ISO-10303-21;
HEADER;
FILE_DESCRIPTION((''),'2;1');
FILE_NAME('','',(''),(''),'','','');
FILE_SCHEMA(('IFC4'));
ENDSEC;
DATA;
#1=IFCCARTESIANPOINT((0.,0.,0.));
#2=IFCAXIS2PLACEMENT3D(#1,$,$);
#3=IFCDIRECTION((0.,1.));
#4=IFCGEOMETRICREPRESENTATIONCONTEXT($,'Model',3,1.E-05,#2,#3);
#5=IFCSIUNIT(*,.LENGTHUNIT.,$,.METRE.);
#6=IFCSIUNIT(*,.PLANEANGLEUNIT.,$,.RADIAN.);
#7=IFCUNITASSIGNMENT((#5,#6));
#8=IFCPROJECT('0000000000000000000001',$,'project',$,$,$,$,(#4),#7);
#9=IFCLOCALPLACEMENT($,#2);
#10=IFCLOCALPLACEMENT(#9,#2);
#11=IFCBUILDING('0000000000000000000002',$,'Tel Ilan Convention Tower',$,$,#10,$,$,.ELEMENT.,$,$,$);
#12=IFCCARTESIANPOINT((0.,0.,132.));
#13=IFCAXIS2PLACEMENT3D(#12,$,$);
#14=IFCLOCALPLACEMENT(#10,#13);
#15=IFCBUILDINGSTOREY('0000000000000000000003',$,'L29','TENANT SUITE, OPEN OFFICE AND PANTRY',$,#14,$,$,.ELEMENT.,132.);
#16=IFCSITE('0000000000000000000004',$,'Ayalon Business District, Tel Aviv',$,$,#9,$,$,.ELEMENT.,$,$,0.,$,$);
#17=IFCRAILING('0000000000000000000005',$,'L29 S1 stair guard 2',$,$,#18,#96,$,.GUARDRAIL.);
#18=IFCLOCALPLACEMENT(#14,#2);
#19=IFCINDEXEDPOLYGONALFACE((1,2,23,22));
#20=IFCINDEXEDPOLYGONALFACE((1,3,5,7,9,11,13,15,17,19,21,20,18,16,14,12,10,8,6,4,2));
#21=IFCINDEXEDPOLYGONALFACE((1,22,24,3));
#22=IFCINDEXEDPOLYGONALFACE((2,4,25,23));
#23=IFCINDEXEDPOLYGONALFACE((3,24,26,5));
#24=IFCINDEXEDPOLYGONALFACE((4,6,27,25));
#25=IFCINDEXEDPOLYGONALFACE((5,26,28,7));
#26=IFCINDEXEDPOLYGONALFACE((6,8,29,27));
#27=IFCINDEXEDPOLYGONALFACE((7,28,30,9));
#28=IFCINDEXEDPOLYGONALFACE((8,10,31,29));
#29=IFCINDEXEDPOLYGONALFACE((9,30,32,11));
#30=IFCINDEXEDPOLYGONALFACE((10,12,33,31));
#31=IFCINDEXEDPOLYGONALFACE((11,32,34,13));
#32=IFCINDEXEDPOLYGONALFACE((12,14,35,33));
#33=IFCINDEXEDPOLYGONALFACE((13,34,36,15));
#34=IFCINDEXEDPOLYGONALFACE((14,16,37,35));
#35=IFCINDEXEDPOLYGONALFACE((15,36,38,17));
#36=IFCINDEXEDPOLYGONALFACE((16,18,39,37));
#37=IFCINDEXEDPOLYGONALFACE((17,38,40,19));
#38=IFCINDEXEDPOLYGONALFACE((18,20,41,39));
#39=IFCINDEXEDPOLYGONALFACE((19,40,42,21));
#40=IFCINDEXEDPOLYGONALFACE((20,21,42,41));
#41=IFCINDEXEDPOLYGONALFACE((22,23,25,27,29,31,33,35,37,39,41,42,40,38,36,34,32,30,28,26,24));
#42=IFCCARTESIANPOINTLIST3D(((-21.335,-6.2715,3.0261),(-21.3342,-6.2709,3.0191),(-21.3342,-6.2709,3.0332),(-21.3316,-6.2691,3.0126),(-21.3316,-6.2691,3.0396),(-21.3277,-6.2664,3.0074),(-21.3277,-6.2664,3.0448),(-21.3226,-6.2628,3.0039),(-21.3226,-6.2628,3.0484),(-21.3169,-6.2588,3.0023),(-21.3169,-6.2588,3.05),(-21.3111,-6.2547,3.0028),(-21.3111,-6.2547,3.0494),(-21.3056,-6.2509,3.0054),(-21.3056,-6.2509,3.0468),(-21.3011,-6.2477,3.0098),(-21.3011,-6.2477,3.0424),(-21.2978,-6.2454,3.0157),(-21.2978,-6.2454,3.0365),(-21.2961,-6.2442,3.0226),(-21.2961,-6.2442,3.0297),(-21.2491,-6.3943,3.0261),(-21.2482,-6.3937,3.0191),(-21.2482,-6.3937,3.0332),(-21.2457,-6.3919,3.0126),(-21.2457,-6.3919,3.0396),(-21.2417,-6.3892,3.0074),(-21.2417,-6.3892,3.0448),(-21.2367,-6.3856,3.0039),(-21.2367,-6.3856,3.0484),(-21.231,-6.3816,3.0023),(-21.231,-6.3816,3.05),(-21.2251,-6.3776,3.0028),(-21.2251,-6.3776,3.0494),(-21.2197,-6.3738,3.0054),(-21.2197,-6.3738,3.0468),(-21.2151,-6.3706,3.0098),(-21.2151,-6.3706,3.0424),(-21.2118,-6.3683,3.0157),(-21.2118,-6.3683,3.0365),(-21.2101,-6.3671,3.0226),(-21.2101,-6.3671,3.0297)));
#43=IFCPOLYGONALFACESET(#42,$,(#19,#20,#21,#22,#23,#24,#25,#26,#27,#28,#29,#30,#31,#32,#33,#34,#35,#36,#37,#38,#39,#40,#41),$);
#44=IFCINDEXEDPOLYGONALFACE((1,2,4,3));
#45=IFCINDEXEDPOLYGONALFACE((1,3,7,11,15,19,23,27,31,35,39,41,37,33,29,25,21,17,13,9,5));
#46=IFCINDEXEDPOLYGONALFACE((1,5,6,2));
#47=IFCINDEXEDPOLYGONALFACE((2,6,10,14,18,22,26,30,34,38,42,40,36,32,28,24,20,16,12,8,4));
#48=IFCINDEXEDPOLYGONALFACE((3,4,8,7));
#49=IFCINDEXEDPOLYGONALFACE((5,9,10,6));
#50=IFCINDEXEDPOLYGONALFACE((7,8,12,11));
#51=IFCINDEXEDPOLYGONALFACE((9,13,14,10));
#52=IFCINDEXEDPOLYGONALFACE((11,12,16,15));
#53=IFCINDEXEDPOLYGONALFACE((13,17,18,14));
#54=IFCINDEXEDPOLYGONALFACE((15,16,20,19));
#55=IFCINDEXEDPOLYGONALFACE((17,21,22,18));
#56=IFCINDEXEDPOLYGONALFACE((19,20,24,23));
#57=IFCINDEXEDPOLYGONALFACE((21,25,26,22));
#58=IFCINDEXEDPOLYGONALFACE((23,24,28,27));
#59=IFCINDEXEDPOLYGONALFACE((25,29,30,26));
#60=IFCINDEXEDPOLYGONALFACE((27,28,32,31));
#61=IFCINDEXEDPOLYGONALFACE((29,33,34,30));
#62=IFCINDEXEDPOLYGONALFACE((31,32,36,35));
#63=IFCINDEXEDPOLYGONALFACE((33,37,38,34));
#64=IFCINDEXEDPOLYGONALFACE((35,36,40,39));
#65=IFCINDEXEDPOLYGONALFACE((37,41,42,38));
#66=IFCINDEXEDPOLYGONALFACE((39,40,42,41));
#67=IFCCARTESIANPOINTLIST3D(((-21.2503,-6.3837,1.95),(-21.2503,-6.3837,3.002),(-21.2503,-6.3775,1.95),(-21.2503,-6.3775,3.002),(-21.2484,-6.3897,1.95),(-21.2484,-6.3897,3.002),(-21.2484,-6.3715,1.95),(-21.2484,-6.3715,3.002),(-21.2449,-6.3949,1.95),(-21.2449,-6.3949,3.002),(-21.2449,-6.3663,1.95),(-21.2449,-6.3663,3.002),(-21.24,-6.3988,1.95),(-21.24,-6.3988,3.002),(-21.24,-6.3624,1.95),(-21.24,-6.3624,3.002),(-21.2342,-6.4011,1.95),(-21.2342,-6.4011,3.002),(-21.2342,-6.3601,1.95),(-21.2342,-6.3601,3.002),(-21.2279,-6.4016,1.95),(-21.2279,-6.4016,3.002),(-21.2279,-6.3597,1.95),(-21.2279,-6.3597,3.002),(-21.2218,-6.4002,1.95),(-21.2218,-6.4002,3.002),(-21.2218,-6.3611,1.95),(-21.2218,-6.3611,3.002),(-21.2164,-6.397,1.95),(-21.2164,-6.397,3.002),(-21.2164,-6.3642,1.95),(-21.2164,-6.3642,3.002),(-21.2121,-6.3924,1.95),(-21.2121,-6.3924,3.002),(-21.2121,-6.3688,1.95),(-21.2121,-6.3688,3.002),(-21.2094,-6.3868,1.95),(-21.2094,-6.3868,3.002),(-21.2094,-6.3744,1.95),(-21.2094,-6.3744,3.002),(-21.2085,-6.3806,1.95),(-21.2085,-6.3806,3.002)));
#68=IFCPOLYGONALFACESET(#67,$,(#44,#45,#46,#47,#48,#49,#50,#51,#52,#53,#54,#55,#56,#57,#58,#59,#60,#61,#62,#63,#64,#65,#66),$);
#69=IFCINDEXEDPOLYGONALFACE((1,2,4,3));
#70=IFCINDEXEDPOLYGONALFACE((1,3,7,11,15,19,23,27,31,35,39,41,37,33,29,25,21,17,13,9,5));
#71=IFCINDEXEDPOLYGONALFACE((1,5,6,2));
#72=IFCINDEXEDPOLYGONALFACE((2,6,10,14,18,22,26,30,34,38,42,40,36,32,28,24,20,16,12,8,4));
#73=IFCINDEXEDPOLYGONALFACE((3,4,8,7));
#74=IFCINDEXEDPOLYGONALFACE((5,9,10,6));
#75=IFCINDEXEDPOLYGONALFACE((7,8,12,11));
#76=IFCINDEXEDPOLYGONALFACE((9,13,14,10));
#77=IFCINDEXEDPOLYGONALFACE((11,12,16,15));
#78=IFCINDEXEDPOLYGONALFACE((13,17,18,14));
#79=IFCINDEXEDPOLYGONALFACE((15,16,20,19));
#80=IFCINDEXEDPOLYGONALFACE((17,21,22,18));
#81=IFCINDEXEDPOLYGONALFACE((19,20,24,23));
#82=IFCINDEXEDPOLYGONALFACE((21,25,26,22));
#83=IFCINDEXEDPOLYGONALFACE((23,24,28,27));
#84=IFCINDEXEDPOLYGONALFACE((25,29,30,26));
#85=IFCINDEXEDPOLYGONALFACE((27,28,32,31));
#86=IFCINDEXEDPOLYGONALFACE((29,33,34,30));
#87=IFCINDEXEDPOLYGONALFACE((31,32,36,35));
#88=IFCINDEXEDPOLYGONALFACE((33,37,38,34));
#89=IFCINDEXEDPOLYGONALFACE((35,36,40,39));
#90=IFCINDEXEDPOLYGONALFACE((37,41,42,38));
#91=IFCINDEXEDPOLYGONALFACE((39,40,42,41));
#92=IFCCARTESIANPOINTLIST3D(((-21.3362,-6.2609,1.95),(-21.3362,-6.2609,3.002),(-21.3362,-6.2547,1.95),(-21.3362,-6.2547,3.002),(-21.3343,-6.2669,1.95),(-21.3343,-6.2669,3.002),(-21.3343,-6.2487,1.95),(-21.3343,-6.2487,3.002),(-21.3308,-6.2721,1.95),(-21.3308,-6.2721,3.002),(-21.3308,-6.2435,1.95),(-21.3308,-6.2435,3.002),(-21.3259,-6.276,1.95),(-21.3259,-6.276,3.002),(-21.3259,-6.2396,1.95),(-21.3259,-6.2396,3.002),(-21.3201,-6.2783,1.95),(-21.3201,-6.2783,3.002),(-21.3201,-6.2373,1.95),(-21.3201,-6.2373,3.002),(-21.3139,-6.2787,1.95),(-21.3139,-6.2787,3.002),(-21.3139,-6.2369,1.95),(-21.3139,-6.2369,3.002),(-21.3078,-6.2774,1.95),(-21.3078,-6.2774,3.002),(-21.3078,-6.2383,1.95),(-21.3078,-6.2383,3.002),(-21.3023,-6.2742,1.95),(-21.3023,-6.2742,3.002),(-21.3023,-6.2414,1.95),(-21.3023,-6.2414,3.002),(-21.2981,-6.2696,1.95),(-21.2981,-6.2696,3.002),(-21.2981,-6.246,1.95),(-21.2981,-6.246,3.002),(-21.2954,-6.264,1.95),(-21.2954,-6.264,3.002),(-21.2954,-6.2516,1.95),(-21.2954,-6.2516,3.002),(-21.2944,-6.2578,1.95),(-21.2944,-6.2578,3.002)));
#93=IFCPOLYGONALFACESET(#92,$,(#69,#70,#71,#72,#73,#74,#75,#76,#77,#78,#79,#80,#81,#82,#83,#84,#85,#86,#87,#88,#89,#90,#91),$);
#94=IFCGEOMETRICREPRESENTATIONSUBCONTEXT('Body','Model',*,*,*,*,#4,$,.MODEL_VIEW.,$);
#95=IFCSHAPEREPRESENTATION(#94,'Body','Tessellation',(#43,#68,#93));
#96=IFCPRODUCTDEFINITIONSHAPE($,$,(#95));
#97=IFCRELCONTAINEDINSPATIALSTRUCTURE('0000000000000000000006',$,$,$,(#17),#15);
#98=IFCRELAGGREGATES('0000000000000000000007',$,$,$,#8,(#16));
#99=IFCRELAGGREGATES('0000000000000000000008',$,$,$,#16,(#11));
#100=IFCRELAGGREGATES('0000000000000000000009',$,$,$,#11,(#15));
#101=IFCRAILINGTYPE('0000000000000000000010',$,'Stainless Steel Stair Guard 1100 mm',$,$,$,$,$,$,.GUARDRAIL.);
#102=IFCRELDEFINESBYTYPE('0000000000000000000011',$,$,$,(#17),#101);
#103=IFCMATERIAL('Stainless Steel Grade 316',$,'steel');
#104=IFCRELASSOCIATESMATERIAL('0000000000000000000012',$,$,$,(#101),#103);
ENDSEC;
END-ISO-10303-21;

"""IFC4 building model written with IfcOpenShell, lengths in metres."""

from ifc_helpers import new_model, si_unit, direction, frame, origin, origin_2d, place, context, subcontext, project, spatial, circle, extrude, material, type_object, element, save


model = new_model("IFC4")

# Units and contexts
model_context = context("Model", 3, precision=1e-05, world=origin(), true_north=direction((0.0, 1.0)))
body_context = subcontext(model_context, "Body", "Model", "MODEL_VIEW")
ifc_project = project(units=[si_unit("LENGTHUNIT", "METRE"), si_unit("PLANEANGLEUNIT", "RADIAN")], contexts=[model_context])

# Site, building, storey
site_placement = place(None, origin())
site = spatial("IfcSite", under=ifc_project, at=site_placement, Name="Ayalon Business District, Tel Aviv", CompositionType="ELEMENT", RefElevation=0.0)
building_placement = place(site_placement, origin())
building = spatial("IfcBuilding", under=site, at=building_placement, Name="Tel Ilan Convention Tower", CompositionType="ELEMENT")
storey_placement = place(building_placement, frame((0.0, 0.0, 132.0)))
storey = spatial("IfcBuildingStorey", under=building, at=storey_placement, Name="L29", Description="TENANT SUITE, OPEN OFFICE AND PANTRY", CompositionType="ELEMENT", Elevation=132.0)

# Railing
ifc_material_1 = material(Name="Stainless Steel Grade 316", Category="steel")
railing_type_1 = type_object("IfcRailingType", Name="Stainless Steel Stair Guard 1100 mm", PredefinedType="GUARDRAIL", material=ifc_material_1)
railing_1_placement = place(storey_placement, frame((-21.2295, -6.3806, 1.95)))
element("IfcRailing", 1, at=railing_1_placement, inside=storey, type_object=railing_type_1, Name="L29 S1 stair guard 2", PredefinedType="GUARDRAIL", context=body_context, shape_type="SweptSolid", body=[
    extrude(circle(Radius=0.0239, at=origin_2d()), frame((0.0, 0.0, 1.0762), z_axis=(-0.573353, 0.819308, 0.0), x_axis=(-0.819308, -0.573353, 0.0)), (0.0, 0.0, 1.0), 0.1499),
    extrude(circle(Radius=0.021, at=origin_2d()), origin(), (0.0, 0.0, 1.0), 1.052),
    extrude(circle(Radius=0.021, at=origin_2d()), frame((-0.0859, 0.1228, 0.0)), (0.0, 0.0, 1.0), 1.052),
])

save(model, "model.ifc")
